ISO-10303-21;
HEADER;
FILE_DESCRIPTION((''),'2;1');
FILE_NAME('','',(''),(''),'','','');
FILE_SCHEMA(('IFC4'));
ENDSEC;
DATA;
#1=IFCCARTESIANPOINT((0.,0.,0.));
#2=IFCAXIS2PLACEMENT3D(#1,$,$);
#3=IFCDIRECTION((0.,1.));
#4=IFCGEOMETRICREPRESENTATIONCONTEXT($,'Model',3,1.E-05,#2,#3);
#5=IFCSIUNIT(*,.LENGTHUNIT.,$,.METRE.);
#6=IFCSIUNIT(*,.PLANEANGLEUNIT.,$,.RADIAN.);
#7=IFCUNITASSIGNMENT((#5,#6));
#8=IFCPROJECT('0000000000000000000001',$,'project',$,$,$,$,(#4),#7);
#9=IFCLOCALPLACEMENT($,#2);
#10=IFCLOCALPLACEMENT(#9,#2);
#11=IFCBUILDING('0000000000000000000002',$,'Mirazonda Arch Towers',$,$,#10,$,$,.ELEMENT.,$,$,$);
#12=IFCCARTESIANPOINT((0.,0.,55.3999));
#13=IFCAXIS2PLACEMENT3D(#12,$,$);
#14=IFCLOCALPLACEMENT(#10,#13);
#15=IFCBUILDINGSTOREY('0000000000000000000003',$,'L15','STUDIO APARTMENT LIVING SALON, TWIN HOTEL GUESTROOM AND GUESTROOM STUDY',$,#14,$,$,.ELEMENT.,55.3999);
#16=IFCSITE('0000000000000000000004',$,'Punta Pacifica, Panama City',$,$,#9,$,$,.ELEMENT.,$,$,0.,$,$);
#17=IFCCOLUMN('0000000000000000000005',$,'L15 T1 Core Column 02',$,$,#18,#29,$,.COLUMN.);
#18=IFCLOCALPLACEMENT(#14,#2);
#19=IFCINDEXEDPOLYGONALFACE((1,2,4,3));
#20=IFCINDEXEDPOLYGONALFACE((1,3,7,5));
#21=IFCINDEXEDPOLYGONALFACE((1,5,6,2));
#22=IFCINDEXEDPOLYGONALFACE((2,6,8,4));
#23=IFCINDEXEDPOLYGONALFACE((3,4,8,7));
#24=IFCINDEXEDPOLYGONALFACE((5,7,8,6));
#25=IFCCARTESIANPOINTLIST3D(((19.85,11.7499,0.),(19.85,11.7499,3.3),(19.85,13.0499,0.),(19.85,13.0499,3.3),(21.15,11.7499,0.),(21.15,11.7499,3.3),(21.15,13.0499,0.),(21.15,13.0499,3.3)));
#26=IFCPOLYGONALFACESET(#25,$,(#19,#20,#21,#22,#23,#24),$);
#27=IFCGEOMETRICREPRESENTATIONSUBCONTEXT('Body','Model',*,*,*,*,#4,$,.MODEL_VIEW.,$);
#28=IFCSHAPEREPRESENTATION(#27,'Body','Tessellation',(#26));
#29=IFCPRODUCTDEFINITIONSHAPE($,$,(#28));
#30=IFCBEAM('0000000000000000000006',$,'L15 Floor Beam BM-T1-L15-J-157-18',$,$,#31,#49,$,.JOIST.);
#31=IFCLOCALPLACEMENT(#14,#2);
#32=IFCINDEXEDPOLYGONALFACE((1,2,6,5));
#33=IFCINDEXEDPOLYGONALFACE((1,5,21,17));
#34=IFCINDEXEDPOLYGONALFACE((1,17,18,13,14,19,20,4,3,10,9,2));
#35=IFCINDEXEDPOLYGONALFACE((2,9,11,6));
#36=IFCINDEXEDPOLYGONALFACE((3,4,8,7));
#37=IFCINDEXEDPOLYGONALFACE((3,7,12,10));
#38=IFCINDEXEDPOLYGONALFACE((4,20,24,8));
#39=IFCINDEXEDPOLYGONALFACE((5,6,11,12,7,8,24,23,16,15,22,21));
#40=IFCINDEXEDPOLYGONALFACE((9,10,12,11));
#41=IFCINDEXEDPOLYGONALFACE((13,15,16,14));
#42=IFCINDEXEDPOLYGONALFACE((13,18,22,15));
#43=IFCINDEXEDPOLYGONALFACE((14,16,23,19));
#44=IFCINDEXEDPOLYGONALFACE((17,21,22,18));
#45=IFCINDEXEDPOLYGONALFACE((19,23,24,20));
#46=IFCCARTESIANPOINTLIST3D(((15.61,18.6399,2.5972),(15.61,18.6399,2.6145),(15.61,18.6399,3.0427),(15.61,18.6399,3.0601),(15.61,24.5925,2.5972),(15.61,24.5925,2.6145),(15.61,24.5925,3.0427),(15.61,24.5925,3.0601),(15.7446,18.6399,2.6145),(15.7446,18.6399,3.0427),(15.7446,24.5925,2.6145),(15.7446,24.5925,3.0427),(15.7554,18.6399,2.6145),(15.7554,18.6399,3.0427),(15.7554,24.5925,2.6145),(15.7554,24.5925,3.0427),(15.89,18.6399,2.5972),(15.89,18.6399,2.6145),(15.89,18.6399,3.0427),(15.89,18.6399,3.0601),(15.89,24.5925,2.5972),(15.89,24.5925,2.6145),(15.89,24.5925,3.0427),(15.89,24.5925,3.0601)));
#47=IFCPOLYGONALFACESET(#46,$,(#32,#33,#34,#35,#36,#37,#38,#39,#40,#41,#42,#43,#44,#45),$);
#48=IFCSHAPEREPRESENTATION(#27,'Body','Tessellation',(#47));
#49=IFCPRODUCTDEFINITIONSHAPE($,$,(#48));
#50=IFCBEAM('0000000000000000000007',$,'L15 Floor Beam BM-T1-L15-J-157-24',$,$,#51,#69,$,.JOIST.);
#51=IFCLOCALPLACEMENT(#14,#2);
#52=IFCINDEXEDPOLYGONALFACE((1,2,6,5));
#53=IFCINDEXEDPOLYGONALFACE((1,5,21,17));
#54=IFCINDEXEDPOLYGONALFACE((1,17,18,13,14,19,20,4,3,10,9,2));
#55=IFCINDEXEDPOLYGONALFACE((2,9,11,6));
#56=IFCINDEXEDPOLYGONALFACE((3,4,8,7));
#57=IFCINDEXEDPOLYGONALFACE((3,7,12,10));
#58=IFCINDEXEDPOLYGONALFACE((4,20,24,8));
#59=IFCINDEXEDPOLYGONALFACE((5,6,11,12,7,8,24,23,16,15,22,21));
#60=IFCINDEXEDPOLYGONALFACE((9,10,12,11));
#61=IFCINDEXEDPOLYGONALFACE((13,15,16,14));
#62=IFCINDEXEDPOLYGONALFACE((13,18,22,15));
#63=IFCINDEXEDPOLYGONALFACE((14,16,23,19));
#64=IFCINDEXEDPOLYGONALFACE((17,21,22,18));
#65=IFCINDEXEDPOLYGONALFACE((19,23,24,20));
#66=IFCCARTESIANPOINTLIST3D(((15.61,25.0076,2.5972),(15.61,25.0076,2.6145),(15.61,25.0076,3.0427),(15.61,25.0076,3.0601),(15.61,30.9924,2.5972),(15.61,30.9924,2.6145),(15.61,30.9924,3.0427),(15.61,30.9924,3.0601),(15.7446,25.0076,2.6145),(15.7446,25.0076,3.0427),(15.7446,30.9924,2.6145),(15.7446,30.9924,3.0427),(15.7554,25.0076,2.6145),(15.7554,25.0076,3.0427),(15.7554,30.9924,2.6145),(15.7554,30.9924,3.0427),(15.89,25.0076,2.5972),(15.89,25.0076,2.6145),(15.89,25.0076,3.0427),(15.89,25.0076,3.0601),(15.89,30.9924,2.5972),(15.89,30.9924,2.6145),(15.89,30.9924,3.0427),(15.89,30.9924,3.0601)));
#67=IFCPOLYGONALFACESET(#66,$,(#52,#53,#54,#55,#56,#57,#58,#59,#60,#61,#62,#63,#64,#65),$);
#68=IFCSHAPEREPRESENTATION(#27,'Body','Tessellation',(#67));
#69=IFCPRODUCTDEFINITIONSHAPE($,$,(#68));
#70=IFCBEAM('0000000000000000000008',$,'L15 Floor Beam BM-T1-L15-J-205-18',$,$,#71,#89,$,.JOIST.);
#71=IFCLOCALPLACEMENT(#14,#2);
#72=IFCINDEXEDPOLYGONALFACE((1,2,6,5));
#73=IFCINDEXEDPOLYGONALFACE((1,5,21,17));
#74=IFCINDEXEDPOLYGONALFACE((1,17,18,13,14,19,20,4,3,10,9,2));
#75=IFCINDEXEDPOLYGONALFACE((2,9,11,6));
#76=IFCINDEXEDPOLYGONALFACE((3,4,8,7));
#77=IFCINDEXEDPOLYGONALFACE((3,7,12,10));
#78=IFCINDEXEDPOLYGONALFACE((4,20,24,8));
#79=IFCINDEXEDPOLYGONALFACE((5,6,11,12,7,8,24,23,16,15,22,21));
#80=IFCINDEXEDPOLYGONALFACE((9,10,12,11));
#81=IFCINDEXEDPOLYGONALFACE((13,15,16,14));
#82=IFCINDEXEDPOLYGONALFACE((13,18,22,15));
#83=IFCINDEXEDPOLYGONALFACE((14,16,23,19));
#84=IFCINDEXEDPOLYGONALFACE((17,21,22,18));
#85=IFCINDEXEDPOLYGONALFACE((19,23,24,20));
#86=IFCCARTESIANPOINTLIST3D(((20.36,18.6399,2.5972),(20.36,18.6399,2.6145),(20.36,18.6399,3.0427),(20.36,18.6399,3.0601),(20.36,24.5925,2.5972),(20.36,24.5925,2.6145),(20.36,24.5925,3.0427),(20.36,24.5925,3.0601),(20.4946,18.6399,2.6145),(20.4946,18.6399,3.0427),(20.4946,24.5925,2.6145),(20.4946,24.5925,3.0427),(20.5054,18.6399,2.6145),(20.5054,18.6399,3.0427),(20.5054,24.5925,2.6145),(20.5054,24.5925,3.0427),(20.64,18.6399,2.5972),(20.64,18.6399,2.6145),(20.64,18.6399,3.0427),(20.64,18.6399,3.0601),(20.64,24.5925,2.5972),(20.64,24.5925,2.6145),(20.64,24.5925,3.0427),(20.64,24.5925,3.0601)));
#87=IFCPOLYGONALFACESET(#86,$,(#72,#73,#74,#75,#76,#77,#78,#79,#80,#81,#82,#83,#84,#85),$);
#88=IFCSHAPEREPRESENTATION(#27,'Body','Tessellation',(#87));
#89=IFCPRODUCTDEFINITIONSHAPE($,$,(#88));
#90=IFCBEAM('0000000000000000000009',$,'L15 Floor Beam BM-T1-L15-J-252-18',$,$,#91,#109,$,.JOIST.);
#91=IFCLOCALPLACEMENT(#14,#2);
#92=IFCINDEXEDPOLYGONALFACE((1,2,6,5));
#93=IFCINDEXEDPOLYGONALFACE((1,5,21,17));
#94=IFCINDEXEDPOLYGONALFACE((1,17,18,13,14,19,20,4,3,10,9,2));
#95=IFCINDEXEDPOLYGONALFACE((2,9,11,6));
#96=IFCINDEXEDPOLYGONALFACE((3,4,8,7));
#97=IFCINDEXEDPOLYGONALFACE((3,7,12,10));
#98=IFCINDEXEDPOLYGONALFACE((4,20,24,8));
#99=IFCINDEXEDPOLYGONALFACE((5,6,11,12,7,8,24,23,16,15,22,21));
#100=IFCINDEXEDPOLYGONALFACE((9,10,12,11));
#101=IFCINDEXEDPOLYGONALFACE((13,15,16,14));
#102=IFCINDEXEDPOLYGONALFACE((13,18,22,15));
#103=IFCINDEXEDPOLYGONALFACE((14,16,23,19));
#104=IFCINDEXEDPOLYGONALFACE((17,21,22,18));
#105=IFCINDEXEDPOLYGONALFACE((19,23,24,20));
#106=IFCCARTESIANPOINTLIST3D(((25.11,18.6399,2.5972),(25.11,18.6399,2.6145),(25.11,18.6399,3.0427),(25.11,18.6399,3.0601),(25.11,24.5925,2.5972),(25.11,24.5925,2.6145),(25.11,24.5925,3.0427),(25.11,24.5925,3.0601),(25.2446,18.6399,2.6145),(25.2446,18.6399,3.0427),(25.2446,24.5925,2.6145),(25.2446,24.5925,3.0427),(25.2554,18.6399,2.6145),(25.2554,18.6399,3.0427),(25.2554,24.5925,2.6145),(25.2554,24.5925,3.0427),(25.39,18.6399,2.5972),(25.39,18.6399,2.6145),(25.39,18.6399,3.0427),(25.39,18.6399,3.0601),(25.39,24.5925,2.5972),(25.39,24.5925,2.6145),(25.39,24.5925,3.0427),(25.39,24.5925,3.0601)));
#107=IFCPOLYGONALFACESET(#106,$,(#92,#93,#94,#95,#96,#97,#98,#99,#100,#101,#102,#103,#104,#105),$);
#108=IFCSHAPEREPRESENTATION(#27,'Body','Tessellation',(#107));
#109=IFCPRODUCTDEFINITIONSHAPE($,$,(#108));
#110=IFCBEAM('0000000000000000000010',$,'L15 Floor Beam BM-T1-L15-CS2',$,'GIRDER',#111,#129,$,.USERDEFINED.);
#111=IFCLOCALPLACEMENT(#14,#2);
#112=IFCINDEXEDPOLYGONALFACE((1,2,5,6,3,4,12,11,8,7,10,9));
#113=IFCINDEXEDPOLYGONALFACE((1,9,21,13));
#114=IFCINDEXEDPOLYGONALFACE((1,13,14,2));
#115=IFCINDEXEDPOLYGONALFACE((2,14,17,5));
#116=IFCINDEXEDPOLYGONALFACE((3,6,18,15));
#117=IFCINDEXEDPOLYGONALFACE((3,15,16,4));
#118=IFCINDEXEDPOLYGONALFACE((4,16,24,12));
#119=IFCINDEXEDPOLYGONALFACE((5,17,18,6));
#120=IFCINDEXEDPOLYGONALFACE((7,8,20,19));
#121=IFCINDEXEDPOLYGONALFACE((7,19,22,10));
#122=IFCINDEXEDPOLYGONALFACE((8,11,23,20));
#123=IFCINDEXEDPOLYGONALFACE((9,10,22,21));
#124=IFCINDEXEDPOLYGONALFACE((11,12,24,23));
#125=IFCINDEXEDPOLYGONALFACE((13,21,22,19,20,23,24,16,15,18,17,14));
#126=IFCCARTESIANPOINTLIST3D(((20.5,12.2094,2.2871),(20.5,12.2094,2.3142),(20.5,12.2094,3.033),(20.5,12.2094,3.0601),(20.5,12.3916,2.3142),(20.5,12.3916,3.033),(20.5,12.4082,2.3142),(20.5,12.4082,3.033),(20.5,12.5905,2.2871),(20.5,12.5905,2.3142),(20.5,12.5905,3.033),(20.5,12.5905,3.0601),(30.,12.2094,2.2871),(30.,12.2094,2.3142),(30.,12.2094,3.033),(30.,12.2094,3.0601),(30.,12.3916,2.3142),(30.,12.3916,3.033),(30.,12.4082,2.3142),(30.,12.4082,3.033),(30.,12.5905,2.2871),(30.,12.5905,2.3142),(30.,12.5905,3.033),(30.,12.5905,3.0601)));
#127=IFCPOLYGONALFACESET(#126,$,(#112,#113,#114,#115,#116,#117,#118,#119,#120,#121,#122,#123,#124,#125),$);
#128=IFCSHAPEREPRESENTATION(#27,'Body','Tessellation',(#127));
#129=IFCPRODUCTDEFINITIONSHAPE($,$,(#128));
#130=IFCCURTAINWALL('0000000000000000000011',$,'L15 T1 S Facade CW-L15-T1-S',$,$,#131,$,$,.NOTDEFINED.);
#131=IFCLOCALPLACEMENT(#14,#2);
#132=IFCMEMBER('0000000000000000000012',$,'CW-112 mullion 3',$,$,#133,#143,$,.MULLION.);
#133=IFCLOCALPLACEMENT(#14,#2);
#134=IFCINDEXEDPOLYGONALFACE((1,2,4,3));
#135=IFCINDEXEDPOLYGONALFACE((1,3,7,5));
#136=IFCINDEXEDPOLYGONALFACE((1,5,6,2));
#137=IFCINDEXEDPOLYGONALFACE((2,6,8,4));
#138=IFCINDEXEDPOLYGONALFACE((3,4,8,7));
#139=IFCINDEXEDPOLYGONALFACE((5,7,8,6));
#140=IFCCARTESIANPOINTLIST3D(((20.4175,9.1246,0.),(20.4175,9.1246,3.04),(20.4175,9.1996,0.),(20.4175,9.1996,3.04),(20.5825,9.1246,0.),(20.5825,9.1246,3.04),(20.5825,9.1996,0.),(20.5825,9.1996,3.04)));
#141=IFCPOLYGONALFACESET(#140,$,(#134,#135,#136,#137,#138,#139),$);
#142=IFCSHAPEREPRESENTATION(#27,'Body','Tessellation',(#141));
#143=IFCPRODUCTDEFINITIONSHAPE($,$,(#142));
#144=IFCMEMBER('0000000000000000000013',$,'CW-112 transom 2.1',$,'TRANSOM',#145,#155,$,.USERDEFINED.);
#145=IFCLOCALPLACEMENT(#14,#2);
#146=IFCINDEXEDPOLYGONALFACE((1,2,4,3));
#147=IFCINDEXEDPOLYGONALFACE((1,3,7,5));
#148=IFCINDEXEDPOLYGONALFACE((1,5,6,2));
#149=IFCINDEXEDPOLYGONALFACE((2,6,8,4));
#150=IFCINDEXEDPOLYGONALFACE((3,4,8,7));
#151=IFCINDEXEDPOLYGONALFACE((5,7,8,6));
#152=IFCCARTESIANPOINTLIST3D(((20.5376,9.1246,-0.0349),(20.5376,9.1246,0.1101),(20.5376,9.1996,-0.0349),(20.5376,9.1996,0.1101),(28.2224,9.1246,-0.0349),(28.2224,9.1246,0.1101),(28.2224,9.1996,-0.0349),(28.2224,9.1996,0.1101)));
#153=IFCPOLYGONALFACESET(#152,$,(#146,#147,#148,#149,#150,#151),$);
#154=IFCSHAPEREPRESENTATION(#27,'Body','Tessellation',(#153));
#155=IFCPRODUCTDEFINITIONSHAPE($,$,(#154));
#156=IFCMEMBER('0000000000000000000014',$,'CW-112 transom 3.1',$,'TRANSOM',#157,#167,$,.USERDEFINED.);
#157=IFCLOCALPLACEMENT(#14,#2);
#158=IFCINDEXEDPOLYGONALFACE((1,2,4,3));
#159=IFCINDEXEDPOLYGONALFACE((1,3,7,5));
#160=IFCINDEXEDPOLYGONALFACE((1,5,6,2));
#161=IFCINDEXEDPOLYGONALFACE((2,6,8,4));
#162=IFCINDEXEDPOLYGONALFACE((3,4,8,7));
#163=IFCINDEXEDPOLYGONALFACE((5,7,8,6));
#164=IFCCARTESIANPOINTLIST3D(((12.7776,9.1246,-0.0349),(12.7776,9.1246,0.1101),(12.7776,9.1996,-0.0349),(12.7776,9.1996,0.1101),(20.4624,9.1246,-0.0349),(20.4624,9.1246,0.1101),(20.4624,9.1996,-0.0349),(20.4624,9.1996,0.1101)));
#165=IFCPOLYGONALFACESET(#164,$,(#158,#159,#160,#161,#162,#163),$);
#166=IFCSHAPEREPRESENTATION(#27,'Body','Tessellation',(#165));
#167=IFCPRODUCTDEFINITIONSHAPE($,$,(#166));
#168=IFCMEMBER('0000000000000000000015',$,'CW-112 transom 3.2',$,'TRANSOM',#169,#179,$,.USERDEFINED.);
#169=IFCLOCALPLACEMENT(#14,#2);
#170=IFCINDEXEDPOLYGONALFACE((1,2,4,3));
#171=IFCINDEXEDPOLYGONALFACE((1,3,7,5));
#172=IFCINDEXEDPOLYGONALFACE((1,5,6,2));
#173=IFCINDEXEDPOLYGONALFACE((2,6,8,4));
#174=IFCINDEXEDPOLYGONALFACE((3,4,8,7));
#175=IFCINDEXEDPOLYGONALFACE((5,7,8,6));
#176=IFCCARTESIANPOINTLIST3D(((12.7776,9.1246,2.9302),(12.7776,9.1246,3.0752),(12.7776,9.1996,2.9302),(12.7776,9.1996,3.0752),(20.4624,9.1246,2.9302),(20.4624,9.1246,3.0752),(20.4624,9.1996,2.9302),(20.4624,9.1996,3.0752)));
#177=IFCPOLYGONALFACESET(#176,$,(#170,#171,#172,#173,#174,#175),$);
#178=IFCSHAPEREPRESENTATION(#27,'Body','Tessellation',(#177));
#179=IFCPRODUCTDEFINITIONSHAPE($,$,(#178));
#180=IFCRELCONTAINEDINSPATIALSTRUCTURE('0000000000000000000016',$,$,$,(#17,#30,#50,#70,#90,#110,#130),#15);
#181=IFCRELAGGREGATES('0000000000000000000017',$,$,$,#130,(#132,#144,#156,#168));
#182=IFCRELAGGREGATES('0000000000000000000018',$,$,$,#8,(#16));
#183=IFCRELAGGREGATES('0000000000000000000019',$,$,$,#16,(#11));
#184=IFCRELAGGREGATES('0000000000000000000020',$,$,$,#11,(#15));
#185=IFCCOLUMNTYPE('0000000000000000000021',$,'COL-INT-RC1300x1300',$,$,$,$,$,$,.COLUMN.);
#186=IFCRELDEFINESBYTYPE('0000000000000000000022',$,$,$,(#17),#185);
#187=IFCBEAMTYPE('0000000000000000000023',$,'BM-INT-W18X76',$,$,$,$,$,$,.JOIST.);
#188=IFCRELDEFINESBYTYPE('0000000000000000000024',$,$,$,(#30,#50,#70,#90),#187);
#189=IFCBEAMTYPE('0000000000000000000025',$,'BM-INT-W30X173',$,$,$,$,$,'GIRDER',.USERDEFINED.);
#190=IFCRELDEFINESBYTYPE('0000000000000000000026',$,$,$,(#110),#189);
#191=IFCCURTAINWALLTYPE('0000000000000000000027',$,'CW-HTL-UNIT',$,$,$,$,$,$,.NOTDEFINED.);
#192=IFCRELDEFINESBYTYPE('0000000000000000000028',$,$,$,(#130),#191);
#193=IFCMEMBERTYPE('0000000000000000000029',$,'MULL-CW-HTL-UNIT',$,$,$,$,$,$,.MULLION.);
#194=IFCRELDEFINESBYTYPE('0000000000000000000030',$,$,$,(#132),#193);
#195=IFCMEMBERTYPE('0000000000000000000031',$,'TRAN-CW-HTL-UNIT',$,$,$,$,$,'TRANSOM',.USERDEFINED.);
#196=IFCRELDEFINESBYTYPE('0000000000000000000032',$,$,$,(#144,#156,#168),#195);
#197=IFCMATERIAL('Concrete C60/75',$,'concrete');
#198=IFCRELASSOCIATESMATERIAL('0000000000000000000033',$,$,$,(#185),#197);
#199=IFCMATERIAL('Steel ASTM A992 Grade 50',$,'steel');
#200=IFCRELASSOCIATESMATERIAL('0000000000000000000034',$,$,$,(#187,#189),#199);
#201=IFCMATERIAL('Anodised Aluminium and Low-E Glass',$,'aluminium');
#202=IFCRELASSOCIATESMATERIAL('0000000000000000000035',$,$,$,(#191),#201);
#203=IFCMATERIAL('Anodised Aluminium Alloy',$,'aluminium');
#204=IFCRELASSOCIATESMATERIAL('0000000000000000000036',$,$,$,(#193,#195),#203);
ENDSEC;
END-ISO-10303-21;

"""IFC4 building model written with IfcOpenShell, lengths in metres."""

from ifc_helpers import new_model, si_unit, direction, frame, origin, origin_2d, place, context, subcontext, project, spatial, rectangle, i_section, extrude, material, material_profile, profile_set, type_object, element, aggregate, save


model = new_model("IFC4")

# Units and contexts
model_context = context("Model", 3, precision=1e-05, world=origin(), true_north=direction((0.0, 1.0)))
body_context = subcontext(model_context, "Body", "Model", "MODEL_VIEW")
ifc_project = project(units=[si_unit("LENGTHUNIT", "METRE"), si_unit("PLANEANGLEUNIT", "RADIAN")], contexts=[model_context])

# Site, building, storey
site_placement = place(None, origin())
site = spatial("IfcSite", under=ifc_project, at=site_placement, Name="Punta Pacifica, Panama City", CompositionType="ELEMENT", RefElevation=0.0)
building_placement = place(site_placement, origin())
building = spatial("IfcBuilding", under=site, at=building_placement, Name="Mirazonda Arch Towers", CompositionType="ELEMENT")
storey_placement = place(building_placement, frame((0.0, 0.0, 55.3999)))
storey = spatial("IfcBuildingStorey", under=building, at=storey_placement, Name="L15", Description="STUDIO APARTMENT LIVING SALON, TWIN HOTEL GUESTROOM AND GUESTROOM STUDY", CompositionType="ELEMENT", Elevation=55.3999)

# Column
ifc_material_1 = material(Name="Concrete C60/75", Category="concrete")
ifc_material_profile_1 = material_profile(ifc_material_1, rectangle(XDim=1.3, YDim=1.3, at=origin_2d()), Name="RC1300x1300")
ifc_profile_set_1 = profile_set([ifc_material_profile_1], Name="Concrete C60/75")
column_type = type_object("IfcColumnType", Name="COL-INT-RC1300x1300", PredefinedType="COLUMN", material=ifc_profile_set_1)
column_placement = place(storey_placement, frame((20.5, 12.3999, 0.0), z_axis=(0.0, 0.0, 1.0), x_axis=(1.0, 0.0, 0.0)))
element("IfcColumn", 1, at=column_placement, inside=storey, type_object=column_type, Name="L15 T1 Core Column 02", PredefinedType="COLUMN", context=body_context, shape_type="SweptSolid", body=[
    extrude(rectangle(XDim=1.3, YDim=1.3, at=origin_2d()), origin(), (0.0, 0.0, 1.0), 3.3),
])

# Beams
ifc_material_2 = material(Name="Steel ASTM A992 Grade 50", Category="steel")
ifc_material_profile_2 = material_profile(ifc_material_2, i_section(OverallWidth=0.28, OverallDepth=0.4629, WebThickness=0.0107, FlangeThickness=0.0173, at=origin_2d()), Name="W18X76")
ifc_profile_set_2 = profile_set([ifc_material_profile_2], Name="Steel ASTM A992 Grade 50")
beam_type_1 = type_object("IfcBeamType", Name="BM-INT-W18X76", PredefinedType="JOIST", material=ifc_profile_set_2)
beam_1_placement = place(storey_placement, frame((15.75, 18.6399, 2.8286), z_axis=(0.0, 1.0, 0.0), x_axis=(-1.0, 0.0, 0.0)))
element("IfcBeam", 2, at=beam_1_placement, inside=storey, type_object=beam_type_1, Name="L15 Floor Beam BM-T1-L15-J-157-18", PredefinedType="JOIST", context=body_context, shape_type="SweptSolid", body=[
    extrude(i_section(OverallWidth=0.28, OverallDepth=0.4629, WebThickness=0.0107, FlangeThickness=0.0173, at=origin_2d()), origin(), (0.0, 0.0, 1.0), 5.9526),
])
beam_2_placement = place(storey_placement, frame((15.75, 25.0076, 2.8286), z_axis=(0.0, 1.0, 0.0), x_axis=(-1.0, 0.0, 0.0)))
element("IfcBeam", 3, at=beam_2_placement, inside=storey, type_object=beam_type_1, Name="L15 Floor Beam BM-T1-L15-J-157-24", PredefinedType="JOIST", context=body_context, shape_type="SweptSolid", body=[
    extrude(i_section(OverallWidth=0.28, OverallDepth=0.4629, WebThickness=0.0107, FlangeThickness=0.0173, at=origin_2d()), origin(), (0.0, 0.0, 1.0), 5.9849),
])
for number, where, z_axis, x_axis, name in (
    (4, (20.5, 18.6399, 2.8286), (0.0, 1.0, 0.0), (-1.0, 0.0, 0.0), "L15 Floor Beam BM-T1-L15-J-205-18"),
    (5, (25.25, 18.6399, 2.8286), (0.0, 1.0, 0.0), (-1.0, 0.0, 0.0), "L15 Floor Beam BM-T1-L15-J-252-18"),
):
    element("IfcBeam", number, at=place(storey_placement, frame(where, z_axis=z_axis, x_axis=x_axis)), inside=storey, type_object=beam_type_1, Name=name, PredefinedType="JOIST", context=body_context, shape_type="SweptSolid", body=[
        extrude(i_section(OverallWidth=0.28, OverallDepth=0.4629, WebThickness=0.0107, FlangeThickness=0.0173, at=origin_2d()), origin(), (0.0, 0.0, 1.0), 5.9526),
    ])
ifc_material_profile_3 = material_profile(ifc_material_2, i_section(OverallWidth=0.3811, OverallDepth=0.7729, WebThickness=0.0166, FlangeThickness=0.0271, at=origin_2d()), Name="W30X173")
ifc_profile_set_3 = profile_set([ifc_material_profile_3], Name="Steel ASTM A992 Grade 50")
beam_type_2 = type_object("IfcBeamType", Name="BM-INT-W30X173", ElementType="GIRDER", PredefinedType="USERDEFINED", material=ifc_profile_set_3)
beam_3_placement = place(storey_placement, frame((20.5, 12.3999, 2.6736), z_axis=(1.0, 0.0, 0.0), x_axis=(0.0, 1.0, 0.0)))
element("IfcBeam", 6, at=beam_3_placement, inside=storey, type_object=beam_type_2, Name="L15 Floor Beam BM-T1-L15-CS2", ObjectType="GIRDER", PredefinedType="USERDEFINED", context=body_context, shape_type="SweptSolid", body=[
    extrude(i_section(OverallWidth=0.3811, OverallDepth=0.7729, WebThickness=0.0166, FlangeThickness=0.0271, at=origin_2d()), origin(), (0.0, 0.0, 1.0), 9.5),
])

# Curtain wall, members
ifc_material_3 = material(Name="Anodised Aluminium and Low-E Glass", Category="aluminium")
curtain_wall_type = type_object("IfcCurtainWallType", Name="CW-HTL-UNIT", PredefinedType="NOTDEFINED", material=ifc_material_3)
curtain_wall_placement = place(storey_placement, origin())
curtain_wall = element("IfcCurtainWall", 7, at=curtain_wall_placement, inside=storey, type_object=curtain_wall_type, Name="L15 T1 S Facade CW-L15-T1-S", PredefinedType="NOTDEFINED")
ifc_material_4 = material(Name="Anodised Aluminium Alloy", Category="aluminium")
ifc_material_profile_4 = material_profile(ifc_material_4, rectangle(XDim=0.075, YDim=0.165, at=origin_2d()), Name="ALU-MULL-75x165")
ifc_profile_set_4 = profile_set([ifc_material_profile_4], Name="Anodised Aluminium Alloy")
member_type_1 = type_object("IfcMemberType", Name="MULL-CW-HTL-UNIT", PredefinedType="MULLION", material=ifc_profile_set_4)
member_1_placement = place(storey_placement, frame((20.5, 9.1621, 0.0), z_axis=(0.0, 0.0, 1.0), x_axis=(0.0, -1.0, 0.0)))
member_1 = element("IfcMember", 8, at=member_1_placement, type_object=member_type_1, Name="CW-112 mullion 3", PredefinedType="MULLION", context=body_context, shape_type="SweptSolid", body=[
    extrude(rectangle(XDim=0.075, YDim=0.165, at=origin_2d()), origin(), (0.0, 0.0, 1.0), 3.04),
])
ifc_material_profile_5 = material_profile(ifc_material_4, rectangle(XDim=0.075, YDim=0.145, at=origin_2d()), Name="ALU-TRAN-75x145")
ifc_profile_set_5 = profile_set([ifc_material_profile_5], Name="Anodised Aluminium Alloy")
member_type_2 = type_object("IfcMemberType", Name="TRAN-CW-HTL-UNIT", ElementType="TRANSOM", PredefinedType="USERDEFINED", material=ifc_profile_set_5)
member_2_placement = place(storey_placement, frame((28.2224, 9.1621, 0.0376), z_axis=(-1.0, 0.0, 0.0), x_axis=(0.0, -1.0, 0.0)))
member_2 = element("IfcMember", 9, at=member_2_placement, type_object=member_type_2, Name="CW-112 transom 2.1", ObjectType="TRANSOM", PredefinedType="USERDEFINED", context=body_context, shape_type="SweptSolid", body=[
    extrude(rectangle(XDim=0.075, YDim=0.145, at=origin_2d()), origin(), (0.0, 0.0, 1.0), 7.6848),
])
member_3_placement = place(storey_placement, frame((20.4624, 9.1621, 0.0376), z_axis=(-1.0, 0.0, 0.0), x_axis=(0.0, -1.0, 0.0)))
member_3 = element("IfcMember", 10, at=member_3_placement, type_object=member_type_2, Name="CW-112 transom 3.1", ObjectType="TRANSOM", PredefinedType="USERDEFINED", context=body_context, shape_type="SweptSolid", body=[
    extrude(rectangle(XDim=0.075, YDim=0.145, at=origin_2d()), origin(), (0.0, 0.0, 1.0), 7.6848),
])
member_4_placement = place(storey_placement, frame((20.4624, 9.1621, 3.0027), z_axis=(-1.0, 0.0, 0.0), x_axis=(0.0, -1.0, 0.0)))
member_4 = element("IfcMember", 11, at=member_4_placement, type_object=member_type_2, Name="CW-112 transom 3.2", ObjectType="TRANSOM", PredefinedType="USERDEFINED", context=body_context, shape_type="SweptSolid", body=[
    extrude(rectangle(XDim=0.075, YDim=0.145, at=origin_2d()), origin(), (0.0, 0.0, 1.0), 7.6848),
])
aggregate(curtain_wall, [member_1, member_2, member_3, member_4])

save(model, "model.ifc")
